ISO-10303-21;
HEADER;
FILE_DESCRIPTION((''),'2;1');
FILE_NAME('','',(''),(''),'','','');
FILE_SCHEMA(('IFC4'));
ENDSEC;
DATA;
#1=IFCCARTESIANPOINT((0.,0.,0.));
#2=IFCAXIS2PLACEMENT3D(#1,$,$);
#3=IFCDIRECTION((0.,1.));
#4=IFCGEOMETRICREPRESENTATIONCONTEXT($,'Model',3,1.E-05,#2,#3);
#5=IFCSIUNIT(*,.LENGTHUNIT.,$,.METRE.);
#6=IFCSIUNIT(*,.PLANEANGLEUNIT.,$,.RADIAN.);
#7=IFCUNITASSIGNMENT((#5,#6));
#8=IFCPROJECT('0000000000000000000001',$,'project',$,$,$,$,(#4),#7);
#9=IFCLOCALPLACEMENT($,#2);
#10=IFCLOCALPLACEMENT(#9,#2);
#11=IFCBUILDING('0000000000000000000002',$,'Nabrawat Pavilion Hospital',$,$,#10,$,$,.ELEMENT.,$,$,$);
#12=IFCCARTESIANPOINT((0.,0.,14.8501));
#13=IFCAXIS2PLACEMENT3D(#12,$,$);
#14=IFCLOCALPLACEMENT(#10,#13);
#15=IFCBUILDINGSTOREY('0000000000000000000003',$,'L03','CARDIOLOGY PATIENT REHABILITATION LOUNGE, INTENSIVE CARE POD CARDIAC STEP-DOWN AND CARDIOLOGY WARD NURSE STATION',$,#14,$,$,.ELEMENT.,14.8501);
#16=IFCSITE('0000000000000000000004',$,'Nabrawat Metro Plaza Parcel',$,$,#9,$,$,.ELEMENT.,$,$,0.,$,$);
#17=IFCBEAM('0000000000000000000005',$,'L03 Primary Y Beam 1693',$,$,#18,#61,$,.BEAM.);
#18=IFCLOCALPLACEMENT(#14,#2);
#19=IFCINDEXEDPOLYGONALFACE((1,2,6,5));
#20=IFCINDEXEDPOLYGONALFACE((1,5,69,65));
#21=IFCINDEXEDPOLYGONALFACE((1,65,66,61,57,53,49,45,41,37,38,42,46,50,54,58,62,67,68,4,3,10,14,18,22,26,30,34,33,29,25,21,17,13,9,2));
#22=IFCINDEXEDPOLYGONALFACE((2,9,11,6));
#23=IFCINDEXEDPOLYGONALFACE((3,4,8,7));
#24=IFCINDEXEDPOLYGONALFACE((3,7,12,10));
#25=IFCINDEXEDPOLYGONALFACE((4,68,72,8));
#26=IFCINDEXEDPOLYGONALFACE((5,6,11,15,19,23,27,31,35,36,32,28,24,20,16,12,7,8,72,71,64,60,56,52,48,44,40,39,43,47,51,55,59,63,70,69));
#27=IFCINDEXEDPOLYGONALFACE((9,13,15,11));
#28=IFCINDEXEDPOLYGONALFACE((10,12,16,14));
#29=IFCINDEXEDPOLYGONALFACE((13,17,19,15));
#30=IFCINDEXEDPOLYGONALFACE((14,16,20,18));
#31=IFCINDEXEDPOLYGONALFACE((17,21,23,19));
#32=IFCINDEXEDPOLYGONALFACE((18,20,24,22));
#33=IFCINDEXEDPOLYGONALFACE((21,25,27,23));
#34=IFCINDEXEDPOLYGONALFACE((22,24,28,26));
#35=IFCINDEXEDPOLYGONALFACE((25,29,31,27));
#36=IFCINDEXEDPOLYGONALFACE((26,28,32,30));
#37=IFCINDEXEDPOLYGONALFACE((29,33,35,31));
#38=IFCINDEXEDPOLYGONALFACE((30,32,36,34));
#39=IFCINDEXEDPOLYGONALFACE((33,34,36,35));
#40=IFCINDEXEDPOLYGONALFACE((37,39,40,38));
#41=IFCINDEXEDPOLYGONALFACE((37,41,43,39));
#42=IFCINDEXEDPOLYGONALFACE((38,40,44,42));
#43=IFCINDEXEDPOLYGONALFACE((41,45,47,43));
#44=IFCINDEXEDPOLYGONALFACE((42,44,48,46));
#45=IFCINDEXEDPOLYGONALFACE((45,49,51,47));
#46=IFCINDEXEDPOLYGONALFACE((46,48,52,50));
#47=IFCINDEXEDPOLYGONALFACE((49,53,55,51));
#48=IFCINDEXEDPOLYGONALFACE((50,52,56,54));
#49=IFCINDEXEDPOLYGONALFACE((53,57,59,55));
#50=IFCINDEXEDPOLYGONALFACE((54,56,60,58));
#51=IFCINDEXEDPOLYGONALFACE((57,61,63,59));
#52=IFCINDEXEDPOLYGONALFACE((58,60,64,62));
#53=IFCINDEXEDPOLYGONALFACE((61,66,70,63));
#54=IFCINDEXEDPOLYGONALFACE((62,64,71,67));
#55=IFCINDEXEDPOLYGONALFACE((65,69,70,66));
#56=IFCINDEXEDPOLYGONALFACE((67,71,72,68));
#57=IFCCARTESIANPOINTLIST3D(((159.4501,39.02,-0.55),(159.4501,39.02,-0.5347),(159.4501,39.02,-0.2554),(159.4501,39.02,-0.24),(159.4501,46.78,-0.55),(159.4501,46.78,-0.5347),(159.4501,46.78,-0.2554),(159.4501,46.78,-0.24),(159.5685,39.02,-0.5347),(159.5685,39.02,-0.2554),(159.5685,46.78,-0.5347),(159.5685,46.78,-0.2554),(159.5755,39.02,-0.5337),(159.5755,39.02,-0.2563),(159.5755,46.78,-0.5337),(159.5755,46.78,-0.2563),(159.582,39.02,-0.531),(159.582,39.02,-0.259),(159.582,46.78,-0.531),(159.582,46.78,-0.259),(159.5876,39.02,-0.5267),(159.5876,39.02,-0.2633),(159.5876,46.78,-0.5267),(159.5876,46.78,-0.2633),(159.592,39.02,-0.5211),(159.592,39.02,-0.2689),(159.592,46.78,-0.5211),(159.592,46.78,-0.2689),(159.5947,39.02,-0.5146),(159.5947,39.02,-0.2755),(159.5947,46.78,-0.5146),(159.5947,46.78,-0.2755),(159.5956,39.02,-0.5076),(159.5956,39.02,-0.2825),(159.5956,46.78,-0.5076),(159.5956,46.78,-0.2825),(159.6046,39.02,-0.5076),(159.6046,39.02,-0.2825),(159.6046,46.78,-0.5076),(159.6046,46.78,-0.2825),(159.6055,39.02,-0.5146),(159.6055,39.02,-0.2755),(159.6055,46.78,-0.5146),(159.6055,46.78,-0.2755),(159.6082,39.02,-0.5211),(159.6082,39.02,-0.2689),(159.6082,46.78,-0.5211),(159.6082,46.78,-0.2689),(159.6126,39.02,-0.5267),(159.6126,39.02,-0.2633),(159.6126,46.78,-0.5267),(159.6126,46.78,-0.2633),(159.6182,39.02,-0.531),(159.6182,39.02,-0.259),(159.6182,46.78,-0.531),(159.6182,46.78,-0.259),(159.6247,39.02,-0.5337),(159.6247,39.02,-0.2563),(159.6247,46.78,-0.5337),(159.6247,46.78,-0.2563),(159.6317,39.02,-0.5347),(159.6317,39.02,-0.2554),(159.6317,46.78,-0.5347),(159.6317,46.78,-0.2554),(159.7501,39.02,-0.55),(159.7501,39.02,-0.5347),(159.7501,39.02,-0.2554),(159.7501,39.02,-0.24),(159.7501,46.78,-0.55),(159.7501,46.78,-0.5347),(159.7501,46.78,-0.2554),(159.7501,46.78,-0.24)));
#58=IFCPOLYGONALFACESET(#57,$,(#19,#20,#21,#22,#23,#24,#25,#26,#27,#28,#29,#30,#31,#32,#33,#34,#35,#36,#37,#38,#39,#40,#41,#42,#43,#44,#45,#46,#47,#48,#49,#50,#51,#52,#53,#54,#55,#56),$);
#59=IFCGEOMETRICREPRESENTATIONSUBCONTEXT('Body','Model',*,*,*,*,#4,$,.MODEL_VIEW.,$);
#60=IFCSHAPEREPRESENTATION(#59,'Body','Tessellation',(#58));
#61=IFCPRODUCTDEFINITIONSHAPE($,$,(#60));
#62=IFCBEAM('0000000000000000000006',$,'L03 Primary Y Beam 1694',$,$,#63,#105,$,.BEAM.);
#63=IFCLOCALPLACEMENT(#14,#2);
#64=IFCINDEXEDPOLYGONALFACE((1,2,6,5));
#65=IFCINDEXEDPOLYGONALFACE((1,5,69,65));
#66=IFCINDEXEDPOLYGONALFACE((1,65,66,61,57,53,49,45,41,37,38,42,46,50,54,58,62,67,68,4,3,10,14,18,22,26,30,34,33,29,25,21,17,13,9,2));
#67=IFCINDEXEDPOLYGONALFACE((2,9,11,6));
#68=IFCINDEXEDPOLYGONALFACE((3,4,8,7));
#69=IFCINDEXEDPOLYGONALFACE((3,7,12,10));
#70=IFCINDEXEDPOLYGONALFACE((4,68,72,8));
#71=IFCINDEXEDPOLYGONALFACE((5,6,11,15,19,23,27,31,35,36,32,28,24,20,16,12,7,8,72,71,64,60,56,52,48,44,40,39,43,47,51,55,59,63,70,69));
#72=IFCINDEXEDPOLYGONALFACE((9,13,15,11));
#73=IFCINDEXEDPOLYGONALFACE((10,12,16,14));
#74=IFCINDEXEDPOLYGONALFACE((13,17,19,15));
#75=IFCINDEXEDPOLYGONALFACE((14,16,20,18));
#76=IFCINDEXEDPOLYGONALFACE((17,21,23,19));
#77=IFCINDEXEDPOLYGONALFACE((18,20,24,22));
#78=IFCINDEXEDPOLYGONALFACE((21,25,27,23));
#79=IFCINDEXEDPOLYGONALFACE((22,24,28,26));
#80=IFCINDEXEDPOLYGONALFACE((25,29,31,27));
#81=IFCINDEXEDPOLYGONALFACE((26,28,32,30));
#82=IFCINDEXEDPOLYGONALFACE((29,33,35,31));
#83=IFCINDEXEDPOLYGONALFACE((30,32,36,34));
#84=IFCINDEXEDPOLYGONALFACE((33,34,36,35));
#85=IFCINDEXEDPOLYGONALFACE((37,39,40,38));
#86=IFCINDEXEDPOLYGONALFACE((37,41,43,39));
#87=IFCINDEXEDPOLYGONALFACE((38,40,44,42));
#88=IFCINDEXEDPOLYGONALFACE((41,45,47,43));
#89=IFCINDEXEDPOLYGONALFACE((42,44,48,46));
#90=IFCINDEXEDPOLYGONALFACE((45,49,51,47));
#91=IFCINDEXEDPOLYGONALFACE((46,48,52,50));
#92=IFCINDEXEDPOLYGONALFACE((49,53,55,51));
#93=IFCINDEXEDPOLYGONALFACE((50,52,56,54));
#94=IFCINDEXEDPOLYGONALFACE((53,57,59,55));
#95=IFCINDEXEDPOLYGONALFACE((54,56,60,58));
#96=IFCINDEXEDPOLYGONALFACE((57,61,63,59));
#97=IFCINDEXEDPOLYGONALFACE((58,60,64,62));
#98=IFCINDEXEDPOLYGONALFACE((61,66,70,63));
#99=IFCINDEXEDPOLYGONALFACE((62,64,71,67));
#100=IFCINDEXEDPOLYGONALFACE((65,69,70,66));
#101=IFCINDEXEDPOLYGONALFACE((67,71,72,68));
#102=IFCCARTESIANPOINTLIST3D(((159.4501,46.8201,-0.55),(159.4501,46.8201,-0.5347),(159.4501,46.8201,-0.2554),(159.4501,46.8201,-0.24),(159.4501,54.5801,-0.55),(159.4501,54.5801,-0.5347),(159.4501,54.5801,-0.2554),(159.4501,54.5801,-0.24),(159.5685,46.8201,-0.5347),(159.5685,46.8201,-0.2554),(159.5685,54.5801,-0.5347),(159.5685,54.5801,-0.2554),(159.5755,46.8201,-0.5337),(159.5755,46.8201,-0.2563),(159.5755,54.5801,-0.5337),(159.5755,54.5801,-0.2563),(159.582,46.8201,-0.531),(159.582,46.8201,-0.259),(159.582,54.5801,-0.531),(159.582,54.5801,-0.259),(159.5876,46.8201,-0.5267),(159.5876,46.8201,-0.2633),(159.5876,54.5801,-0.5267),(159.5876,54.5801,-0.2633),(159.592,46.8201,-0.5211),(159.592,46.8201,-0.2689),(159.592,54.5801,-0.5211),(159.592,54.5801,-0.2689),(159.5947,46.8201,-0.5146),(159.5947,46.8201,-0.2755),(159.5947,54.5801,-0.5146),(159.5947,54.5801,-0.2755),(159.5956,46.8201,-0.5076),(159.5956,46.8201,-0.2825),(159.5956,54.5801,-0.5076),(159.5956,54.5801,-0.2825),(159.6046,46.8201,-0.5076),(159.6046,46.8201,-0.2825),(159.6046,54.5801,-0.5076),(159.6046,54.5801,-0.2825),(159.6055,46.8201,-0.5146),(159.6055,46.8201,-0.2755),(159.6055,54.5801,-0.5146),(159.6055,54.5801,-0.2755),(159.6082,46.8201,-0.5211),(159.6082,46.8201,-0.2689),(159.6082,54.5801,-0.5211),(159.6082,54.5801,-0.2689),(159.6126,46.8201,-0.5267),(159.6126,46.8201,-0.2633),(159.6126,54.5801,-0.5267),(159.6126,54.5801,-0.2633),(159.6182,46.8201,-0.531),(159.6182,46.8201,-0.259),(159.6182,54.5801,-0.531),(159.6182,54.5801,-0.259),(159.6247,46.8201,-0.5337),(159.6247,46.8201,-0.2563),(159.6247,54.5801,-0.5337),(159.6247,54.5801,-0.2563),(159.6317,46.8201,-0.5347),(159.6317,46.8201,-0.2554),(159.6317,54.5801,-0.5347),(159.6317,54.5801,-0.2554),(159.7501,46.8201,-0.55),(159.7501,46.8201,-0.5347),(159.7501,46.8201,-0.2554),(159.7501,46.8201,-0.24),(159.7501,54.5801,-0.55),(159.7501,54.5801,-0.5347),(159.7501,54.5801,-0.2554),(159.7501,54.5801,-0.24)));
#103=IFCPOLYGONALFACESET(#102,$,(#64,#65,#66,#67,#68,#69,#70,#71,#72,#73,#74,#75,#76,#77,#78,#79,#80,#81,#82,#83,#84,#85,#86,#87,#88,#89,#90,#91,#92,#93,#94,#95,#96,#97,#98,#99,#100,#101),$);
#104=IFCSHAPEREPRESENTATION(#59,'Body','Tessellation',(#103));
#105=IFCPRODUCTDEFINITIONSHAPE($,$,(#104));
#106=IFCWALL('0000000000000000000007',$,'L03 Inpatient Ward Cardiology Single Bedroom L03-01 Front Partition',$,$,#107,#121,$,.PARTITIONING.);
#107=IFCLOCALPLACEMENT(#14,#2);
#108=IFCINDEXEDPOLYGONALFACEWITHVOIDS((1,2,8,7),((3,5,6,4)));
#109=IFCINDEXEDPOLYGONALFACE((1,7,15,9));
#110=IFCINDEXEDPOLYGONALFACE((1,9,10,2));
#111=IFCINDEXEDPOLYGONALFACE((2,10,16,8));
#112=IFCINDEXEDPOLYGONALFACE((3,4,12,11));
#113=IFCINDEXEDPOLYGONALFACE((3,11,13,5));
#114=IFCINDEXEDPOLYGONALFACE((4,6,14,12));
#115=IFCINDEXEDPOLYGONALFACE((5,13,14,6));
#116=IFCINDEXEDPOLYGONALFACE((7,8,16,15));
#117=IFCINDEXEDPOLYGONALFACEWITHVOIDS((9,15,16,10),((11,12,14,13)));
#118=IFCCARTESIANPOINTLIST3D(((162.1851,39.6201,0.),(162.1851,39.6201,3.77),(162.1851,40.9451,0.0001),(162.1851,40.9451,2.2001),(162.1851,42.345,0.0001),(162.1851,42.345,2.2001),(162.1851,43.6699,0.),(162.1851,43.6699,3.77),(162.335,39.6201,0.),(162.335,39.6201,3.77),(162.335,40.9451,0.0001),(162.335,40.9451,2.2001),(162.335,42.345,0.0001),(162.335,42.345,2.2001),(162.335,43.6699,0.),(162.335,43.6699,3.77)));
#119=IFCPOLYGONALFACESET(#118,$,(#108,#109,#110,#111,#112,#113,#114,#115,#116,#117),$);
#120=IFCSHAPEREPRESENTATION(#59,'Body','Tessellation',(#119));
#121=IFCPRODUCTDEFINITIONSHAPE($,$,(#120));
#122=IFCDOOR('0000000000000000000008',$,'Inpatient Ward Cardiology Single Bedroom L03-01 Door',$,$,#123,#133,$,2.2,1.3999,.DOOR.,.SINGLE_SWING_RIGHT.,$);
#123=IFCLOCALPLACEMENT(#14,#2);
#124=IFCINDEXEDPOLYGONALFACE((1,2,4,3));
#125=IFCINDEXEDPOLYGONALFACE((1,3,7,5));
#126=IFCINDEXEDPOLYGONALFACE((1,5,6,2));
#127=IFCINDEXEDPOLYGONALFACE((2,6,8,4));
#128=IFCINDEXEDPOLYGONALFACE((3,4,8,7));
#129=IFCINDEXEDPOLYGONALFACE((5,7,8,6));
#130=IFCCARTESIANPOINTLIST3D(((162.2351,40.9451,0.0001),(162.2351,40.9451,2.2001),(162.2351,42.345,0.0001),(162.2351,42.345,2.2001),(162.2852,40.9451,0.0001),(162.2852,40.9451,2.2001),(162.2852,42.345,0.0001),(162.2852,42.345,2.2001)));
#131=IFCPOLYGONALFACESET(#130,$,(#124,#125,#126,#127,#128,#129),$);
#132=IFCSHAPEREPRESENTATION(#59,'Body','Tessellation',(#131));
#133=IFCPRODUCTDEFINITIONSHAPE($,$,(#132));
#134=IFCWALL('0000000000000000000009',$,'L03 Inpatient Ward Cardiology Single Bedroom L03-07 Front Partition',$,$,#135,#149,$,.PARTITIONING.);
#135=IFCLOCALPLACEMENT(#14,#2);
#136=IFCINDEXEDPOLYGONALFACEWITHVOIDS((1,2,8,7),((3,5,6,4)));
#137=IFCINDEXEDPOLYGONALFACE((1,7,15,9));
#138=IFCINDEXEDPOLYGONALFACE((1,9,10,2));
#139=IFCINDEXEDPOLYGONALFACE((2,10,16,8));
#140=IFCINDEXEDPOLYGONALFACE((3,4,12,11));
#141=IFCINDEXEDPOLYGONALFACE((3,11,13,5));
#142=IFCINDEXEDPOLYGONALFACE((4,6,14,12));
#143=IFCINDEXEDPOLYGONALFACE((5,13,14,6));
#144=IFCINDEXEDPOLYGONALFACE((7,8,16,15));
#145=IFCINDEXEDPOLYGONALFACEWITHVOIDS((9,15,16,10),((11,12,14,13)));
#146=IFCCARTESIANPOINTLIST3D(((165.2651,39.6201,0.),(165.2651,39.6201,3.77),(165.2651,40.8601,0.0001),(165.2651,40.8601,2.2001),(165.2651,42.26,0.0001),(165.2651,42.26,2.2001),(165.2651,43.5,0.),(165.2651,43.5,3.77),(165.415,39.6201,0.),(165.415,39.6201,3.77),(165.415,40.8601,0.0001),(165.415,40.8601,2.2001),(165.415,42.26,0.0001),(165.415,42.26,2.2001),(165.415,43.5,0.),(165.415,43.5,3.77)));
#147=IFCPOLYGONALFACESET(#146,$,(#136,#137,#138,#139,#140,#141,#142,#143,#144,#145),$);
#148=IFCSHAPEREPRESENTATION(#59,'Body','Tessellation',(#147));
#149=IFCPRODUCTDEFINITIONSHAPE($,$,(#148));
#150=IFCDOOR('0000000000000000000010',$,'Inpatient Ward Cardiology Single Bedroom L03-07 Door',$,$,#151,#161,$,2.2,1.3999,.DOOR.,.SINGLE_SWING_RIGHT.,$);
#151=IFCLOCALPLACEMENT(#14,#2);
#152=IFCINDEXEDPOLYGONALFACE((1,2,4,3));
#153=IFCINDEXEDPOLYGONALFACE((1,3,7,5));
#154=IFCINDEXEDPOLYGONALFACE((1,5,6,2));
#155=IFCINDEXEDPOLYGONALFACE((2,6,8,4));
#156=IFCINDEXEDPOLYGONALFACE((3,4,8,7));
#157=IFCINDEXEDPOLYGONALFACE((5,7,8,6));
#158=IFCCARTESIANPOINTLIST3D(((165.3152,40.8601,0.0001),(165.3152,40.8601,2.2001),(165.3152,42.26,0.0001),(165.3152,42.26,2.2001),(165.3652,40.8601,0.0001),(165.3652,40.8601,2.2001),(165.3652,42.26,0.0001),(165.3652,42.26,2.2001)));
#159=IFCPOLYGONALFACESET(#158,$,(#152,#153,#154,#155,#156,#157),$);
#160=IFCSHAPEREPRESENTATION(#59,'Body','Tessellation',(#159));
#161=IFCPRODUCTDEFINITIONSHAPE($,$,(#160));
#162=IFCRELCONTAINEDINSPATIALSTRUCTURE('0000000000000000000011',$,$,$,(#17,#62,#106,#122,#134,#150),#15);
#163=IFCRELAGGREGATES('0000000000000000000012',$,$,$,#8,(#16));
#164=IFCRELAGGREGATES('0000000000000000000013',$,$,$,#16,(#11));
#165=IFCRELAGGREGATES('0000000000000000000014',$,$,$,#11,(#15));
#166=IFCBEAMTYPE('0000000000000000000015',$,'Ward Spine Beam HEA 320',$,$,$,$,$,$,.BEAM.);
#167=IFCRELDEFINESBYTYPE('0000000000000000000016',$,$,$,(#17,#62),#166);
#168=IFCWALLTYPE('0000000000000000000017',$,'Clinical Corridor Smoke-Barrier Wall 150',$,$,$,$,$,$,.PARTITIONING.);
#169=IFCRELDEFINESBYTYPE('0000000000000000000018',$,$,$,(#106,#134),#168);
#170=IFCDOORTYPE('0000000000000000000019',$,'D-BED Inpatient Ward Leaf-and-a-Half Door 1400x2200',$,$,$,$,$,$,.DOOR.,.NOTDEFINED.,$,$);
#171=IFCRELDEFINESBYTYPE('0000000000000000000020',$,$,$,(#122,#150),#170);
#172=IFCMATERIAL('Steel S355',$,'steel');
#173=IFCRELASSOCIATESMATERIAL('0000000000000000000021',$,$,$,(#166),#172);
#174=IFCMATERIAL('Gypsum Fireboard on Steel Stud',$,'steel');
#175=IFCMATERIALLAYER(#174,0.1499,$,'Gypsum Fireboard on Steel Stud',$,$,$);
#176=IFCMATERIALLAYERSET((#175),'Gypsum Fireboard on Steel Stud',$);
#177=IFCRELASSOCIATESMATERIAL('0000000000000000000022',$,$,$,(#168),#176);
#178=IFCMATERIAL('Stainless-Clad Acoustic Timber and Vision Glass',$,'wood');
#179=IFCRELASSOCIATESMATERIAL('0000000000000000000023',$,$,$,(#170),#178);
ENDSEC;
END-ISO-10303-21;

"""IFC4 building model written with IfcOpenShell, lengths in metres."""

from ifc_helpers import new_model, si_unit, direction, frame, frame_2d, origin, origin_2d, place, context, subcontext, project, spatial, rectangle, i_section, extrude, material, layer, layer_set, material_profile, profile_set, type_object, element, fill, save


model = new_model("IFC4")

# Units and contexts
model_context = context("Model", 3, precision=1e-05, world=origin(), true_north=direction((0.0, 1.0)))
body_context = subcontext(model_context, "Body", "Model", "MODEL_VIEW")
ifc_project = project(units=[si_unit("LENGTHUNIT", "METRE"), si_unit("PLANEANGLEUNIT", "RADIAN")], contexts=[model_context])

# Site, building, storey
site_placement = place(None, origin())
site = spatial("IfcSite", under=ifc_project, at=site_placement, Name="Nabrawat Metro Plaza Parcel", CompositionType="ELEMENT", RefElevation=0.0)
building_placement = place(site_placement, origin())
building = spatial("IfcBuilding", under=site, at=building_placement, Name="Nabrawat Pavilion Hospital", CompositionType="ELEMENT")
storey_placement = place(building_placement, frame((0.0, 0.0, 14.8501)))
storey = spatial("IfcBuildingStorey", under=building, at=storey_placement, Name="L03", Description="CARDIOLOGY PATIENT REHABILITATION LOUNGE, INTENSIVE CARE POD CARDIAC STEP-DOWN AND CARDIOLOGY WARD NURSE STATION", CompositionType="ELEMENT", Elevation=14.8501)

# Shared definitions
ifc_material_1 = material(Name="Steel S355", Category="steel")

# Beams
ifc_material_profile_1 = material_profile(ifc_material_1, i_section(OverallWidth=0.3, OverallDepth=0.3101, WebThickness=0.009, FlangeThickness=0.0154, FilletRadius=0.0271, at=origin_2d()), Name="HEA 320")
ifc_profile_set_1 = profile_set([ifc_material_profile_1], Name="Steel S355")
beam_type_1 = type_object("IfcBeamType", Name="Ward Spine Beam HEA 320", PredefinedType="BEAM", material=ifc_profile_set_1)
for number, where, z_axis, x_axis, name in (
    (1, (159.6001, 39.02, -0.395), (0.0, 1.0, 0.0), (-1.0, 0.0, 0.0), "L03 Primary Y Beam 1693"),
    (2, (159.6001, 46.8201, -0.395), (0.0, 1.0, 0.0), (-1.0, 0.0, 0.0), "L03 Primary Y Beam 1694"),
):
    element("IfcBeam", number, at=place(storey_placement, frame(where, z_axis=z_axis, x_axis=x_axis)), inside=storey, type_object=beam_type_1, Name=name, PredefinedType="BEAM", context=body_context, shape_type="SweptSolid", body=[
        extrude(i_section(OverallWidth=0.3, OverallDepth=0.3101, WebThickness=0.009, FlangeThickness=0.0154, FilletRadius=0.0271, at=origin_2d()), origin(), (0.0, 0.0, 1.0), 7.76),
    ])

# Walls, openings, doors
ifc_material_2 = material(Name="Gypsum Fireboard on Steel Stud", Category="steel")
ifc_layer_1 = layer(ifc_material_2, 0.1499, Name="Gypsum Fireboard on Steel Stud")
ifc_layer_set_1 = layer_set([ifc_layer_1], Name="Gypsum Fireboard on Steel Stud")
wall_type_1 = type_object("IfcWallType", Name="Clinical Corridor Smoke-Barrier Wall 150", PredefinedType="PARTITIONING", material=ifc_layer_set_1)
wall_1_placement = place(storey_placement, frame((162.26, 39.6201, 0.0), z_axis=(0.0, 0.0, 1.0), x_axis=(0.0, 1.0, 0.0)))
wall_1 = element("IfcWall", 3, at=wall_1_placement, inside=storey, type_object=wall_type_1, Name="L03 Inpatient Ward Cardiology Single Bedroom L03-01 Front Partition", PredefinedType="PARTITIONING", context=body_context, shape_type="SweptSolid", body=[
    extrude(rectangle(XDim=4.0498, YDim=0.1499, at=frame_2d((2.0249, 0.0))), origin(), (0.0, 0.0, 1.0), 3.77),
])
opening_1_placement = place(wall_1_placement, frame((1.325, 0.0, 0.0)))
opening_1 = element("IfcOpeningElement", 4, at=opening_1_placement, cuts=wall_1, PredefinedType="OPENING", context=body_context, shape_type="SweptSolid", body=[
    extrude(rectangle(XDim=1.3999, YDim=2.2, at=frame_2d((0.7, 1.1001))), frame((0.0, 0.085, 0.0), z_axis=(0.0, -1.0, 0.0), x_axis=(1.0, 0.0, 0.0)), (0.0, 0.0, 1.0), 0.1699),
])
ifc_material_3 = material(Name="Stainless-Clad Acoustic Timber and Vision Glass", Category="wood")
door_type_1 = type_object("IfcDoorType", Name="D-BED Inpatient Ward Leaf-and-a-Half Door 1400x2200", OperationType="NOTDEFINED", PredefinedType="DOOR", material=ifc_material_3)
door_1_placement = place(opening_1_placement, origin())
door_1 = element("IfcDoor", 5, at=door_1_placement, inside=storey, type_object=door_type_1, Name="Inpatient Ward Cardiology Single Bedroom L03-01 Door", OperationType="SINGLE_SWING_RIGHT", OverallHeight=2.2, OverallWidth=1.3999, PredefinedType="DOOR", context=body_context, shape_type="SweptSolid", body=[
    extrude(rectangle(XDim=1.3999, YDim=2.2, at=frame_2d((0.7, 1.1001))), frame((0.0, 0.0249, 0.0), z_axis=(0.0, -1.0, 0.0), x_axis=(1.0, 0.0, 0.0)), (0.0, 0.0, 1.0), 0.05),
])
fill(opening_1, door_1)
wall_2_placement = place(storey_placement, frame((165.3401, 39.6201, 0.0), z_axis=(0.0, 0.0, 1.0), x_axis=(0.0, 1.0, 0.0)))
wall_2 = element("IfcWall", 6, at=wall_2_placement, inside=storey, type_object=wall_type_1, Name="L03 Inpatient Ward Cardiology Single Bedroom L03-07 Front Partition", PredefinedType="PARTITIONING", context=body_context, shape_type="SweptSolid", body=[
    extrude(rectangle(XDim=3.8799, YDim=0.1499, at=frame_2d((1.9399, 0.0))), origin(), (0.0, 0.0, 1.0), 3.77),
])
opening_2_placement = place(wall_2_placement, frame((1.24, 0.0, 0.0)))
opening_2 = element("IfcOpeningElement", 7, at=opening_2_placement, cuts=wall_2, PredefinedType="OPENING", context=body_context, shape_type="SweptSolid", body=[
    extrude(rectangle(XDim=1.3999, YDim=2.2, at=frame_2d((0.7, 1.1001))), frame((0.0, 0.085, 0.0), z_axis=(0.0, -1.0, 0.0), x_axis=(1.0, 0.0, 0.0)), (0.0, 0.0, 1.0), 0.1699),
])
door_2_placement = place(opening_2_placement, origin())
door_2 = element("IfcDoor", 8, at=door_2_placement, inside=storey, type_object=door_type_1, Name="Inpatient Ward Cardiology Single Bedroom L03-07 Door", OperationType="SINGLE_SWING_RIGHT", OverallHeight=2.2, OverallWidth=1.3999, PredefinedType="DOOR", context=body_context, shape_type="SweptSolid", body=[
    extrude(rectangle(XDim=1.3999, YDim=2.2, at=frame_2d((0.7, 1.1001))), frame((0.0, 0.0249, 0.0), z_axis=(0.0, -1.0, 0.0), x_axis=(1.0, 0.0, 0.0)), (0.0, 0.0, 1.0), 0.05),
])
fill(opening_2, door_2)

save(model, "model.ifc")
